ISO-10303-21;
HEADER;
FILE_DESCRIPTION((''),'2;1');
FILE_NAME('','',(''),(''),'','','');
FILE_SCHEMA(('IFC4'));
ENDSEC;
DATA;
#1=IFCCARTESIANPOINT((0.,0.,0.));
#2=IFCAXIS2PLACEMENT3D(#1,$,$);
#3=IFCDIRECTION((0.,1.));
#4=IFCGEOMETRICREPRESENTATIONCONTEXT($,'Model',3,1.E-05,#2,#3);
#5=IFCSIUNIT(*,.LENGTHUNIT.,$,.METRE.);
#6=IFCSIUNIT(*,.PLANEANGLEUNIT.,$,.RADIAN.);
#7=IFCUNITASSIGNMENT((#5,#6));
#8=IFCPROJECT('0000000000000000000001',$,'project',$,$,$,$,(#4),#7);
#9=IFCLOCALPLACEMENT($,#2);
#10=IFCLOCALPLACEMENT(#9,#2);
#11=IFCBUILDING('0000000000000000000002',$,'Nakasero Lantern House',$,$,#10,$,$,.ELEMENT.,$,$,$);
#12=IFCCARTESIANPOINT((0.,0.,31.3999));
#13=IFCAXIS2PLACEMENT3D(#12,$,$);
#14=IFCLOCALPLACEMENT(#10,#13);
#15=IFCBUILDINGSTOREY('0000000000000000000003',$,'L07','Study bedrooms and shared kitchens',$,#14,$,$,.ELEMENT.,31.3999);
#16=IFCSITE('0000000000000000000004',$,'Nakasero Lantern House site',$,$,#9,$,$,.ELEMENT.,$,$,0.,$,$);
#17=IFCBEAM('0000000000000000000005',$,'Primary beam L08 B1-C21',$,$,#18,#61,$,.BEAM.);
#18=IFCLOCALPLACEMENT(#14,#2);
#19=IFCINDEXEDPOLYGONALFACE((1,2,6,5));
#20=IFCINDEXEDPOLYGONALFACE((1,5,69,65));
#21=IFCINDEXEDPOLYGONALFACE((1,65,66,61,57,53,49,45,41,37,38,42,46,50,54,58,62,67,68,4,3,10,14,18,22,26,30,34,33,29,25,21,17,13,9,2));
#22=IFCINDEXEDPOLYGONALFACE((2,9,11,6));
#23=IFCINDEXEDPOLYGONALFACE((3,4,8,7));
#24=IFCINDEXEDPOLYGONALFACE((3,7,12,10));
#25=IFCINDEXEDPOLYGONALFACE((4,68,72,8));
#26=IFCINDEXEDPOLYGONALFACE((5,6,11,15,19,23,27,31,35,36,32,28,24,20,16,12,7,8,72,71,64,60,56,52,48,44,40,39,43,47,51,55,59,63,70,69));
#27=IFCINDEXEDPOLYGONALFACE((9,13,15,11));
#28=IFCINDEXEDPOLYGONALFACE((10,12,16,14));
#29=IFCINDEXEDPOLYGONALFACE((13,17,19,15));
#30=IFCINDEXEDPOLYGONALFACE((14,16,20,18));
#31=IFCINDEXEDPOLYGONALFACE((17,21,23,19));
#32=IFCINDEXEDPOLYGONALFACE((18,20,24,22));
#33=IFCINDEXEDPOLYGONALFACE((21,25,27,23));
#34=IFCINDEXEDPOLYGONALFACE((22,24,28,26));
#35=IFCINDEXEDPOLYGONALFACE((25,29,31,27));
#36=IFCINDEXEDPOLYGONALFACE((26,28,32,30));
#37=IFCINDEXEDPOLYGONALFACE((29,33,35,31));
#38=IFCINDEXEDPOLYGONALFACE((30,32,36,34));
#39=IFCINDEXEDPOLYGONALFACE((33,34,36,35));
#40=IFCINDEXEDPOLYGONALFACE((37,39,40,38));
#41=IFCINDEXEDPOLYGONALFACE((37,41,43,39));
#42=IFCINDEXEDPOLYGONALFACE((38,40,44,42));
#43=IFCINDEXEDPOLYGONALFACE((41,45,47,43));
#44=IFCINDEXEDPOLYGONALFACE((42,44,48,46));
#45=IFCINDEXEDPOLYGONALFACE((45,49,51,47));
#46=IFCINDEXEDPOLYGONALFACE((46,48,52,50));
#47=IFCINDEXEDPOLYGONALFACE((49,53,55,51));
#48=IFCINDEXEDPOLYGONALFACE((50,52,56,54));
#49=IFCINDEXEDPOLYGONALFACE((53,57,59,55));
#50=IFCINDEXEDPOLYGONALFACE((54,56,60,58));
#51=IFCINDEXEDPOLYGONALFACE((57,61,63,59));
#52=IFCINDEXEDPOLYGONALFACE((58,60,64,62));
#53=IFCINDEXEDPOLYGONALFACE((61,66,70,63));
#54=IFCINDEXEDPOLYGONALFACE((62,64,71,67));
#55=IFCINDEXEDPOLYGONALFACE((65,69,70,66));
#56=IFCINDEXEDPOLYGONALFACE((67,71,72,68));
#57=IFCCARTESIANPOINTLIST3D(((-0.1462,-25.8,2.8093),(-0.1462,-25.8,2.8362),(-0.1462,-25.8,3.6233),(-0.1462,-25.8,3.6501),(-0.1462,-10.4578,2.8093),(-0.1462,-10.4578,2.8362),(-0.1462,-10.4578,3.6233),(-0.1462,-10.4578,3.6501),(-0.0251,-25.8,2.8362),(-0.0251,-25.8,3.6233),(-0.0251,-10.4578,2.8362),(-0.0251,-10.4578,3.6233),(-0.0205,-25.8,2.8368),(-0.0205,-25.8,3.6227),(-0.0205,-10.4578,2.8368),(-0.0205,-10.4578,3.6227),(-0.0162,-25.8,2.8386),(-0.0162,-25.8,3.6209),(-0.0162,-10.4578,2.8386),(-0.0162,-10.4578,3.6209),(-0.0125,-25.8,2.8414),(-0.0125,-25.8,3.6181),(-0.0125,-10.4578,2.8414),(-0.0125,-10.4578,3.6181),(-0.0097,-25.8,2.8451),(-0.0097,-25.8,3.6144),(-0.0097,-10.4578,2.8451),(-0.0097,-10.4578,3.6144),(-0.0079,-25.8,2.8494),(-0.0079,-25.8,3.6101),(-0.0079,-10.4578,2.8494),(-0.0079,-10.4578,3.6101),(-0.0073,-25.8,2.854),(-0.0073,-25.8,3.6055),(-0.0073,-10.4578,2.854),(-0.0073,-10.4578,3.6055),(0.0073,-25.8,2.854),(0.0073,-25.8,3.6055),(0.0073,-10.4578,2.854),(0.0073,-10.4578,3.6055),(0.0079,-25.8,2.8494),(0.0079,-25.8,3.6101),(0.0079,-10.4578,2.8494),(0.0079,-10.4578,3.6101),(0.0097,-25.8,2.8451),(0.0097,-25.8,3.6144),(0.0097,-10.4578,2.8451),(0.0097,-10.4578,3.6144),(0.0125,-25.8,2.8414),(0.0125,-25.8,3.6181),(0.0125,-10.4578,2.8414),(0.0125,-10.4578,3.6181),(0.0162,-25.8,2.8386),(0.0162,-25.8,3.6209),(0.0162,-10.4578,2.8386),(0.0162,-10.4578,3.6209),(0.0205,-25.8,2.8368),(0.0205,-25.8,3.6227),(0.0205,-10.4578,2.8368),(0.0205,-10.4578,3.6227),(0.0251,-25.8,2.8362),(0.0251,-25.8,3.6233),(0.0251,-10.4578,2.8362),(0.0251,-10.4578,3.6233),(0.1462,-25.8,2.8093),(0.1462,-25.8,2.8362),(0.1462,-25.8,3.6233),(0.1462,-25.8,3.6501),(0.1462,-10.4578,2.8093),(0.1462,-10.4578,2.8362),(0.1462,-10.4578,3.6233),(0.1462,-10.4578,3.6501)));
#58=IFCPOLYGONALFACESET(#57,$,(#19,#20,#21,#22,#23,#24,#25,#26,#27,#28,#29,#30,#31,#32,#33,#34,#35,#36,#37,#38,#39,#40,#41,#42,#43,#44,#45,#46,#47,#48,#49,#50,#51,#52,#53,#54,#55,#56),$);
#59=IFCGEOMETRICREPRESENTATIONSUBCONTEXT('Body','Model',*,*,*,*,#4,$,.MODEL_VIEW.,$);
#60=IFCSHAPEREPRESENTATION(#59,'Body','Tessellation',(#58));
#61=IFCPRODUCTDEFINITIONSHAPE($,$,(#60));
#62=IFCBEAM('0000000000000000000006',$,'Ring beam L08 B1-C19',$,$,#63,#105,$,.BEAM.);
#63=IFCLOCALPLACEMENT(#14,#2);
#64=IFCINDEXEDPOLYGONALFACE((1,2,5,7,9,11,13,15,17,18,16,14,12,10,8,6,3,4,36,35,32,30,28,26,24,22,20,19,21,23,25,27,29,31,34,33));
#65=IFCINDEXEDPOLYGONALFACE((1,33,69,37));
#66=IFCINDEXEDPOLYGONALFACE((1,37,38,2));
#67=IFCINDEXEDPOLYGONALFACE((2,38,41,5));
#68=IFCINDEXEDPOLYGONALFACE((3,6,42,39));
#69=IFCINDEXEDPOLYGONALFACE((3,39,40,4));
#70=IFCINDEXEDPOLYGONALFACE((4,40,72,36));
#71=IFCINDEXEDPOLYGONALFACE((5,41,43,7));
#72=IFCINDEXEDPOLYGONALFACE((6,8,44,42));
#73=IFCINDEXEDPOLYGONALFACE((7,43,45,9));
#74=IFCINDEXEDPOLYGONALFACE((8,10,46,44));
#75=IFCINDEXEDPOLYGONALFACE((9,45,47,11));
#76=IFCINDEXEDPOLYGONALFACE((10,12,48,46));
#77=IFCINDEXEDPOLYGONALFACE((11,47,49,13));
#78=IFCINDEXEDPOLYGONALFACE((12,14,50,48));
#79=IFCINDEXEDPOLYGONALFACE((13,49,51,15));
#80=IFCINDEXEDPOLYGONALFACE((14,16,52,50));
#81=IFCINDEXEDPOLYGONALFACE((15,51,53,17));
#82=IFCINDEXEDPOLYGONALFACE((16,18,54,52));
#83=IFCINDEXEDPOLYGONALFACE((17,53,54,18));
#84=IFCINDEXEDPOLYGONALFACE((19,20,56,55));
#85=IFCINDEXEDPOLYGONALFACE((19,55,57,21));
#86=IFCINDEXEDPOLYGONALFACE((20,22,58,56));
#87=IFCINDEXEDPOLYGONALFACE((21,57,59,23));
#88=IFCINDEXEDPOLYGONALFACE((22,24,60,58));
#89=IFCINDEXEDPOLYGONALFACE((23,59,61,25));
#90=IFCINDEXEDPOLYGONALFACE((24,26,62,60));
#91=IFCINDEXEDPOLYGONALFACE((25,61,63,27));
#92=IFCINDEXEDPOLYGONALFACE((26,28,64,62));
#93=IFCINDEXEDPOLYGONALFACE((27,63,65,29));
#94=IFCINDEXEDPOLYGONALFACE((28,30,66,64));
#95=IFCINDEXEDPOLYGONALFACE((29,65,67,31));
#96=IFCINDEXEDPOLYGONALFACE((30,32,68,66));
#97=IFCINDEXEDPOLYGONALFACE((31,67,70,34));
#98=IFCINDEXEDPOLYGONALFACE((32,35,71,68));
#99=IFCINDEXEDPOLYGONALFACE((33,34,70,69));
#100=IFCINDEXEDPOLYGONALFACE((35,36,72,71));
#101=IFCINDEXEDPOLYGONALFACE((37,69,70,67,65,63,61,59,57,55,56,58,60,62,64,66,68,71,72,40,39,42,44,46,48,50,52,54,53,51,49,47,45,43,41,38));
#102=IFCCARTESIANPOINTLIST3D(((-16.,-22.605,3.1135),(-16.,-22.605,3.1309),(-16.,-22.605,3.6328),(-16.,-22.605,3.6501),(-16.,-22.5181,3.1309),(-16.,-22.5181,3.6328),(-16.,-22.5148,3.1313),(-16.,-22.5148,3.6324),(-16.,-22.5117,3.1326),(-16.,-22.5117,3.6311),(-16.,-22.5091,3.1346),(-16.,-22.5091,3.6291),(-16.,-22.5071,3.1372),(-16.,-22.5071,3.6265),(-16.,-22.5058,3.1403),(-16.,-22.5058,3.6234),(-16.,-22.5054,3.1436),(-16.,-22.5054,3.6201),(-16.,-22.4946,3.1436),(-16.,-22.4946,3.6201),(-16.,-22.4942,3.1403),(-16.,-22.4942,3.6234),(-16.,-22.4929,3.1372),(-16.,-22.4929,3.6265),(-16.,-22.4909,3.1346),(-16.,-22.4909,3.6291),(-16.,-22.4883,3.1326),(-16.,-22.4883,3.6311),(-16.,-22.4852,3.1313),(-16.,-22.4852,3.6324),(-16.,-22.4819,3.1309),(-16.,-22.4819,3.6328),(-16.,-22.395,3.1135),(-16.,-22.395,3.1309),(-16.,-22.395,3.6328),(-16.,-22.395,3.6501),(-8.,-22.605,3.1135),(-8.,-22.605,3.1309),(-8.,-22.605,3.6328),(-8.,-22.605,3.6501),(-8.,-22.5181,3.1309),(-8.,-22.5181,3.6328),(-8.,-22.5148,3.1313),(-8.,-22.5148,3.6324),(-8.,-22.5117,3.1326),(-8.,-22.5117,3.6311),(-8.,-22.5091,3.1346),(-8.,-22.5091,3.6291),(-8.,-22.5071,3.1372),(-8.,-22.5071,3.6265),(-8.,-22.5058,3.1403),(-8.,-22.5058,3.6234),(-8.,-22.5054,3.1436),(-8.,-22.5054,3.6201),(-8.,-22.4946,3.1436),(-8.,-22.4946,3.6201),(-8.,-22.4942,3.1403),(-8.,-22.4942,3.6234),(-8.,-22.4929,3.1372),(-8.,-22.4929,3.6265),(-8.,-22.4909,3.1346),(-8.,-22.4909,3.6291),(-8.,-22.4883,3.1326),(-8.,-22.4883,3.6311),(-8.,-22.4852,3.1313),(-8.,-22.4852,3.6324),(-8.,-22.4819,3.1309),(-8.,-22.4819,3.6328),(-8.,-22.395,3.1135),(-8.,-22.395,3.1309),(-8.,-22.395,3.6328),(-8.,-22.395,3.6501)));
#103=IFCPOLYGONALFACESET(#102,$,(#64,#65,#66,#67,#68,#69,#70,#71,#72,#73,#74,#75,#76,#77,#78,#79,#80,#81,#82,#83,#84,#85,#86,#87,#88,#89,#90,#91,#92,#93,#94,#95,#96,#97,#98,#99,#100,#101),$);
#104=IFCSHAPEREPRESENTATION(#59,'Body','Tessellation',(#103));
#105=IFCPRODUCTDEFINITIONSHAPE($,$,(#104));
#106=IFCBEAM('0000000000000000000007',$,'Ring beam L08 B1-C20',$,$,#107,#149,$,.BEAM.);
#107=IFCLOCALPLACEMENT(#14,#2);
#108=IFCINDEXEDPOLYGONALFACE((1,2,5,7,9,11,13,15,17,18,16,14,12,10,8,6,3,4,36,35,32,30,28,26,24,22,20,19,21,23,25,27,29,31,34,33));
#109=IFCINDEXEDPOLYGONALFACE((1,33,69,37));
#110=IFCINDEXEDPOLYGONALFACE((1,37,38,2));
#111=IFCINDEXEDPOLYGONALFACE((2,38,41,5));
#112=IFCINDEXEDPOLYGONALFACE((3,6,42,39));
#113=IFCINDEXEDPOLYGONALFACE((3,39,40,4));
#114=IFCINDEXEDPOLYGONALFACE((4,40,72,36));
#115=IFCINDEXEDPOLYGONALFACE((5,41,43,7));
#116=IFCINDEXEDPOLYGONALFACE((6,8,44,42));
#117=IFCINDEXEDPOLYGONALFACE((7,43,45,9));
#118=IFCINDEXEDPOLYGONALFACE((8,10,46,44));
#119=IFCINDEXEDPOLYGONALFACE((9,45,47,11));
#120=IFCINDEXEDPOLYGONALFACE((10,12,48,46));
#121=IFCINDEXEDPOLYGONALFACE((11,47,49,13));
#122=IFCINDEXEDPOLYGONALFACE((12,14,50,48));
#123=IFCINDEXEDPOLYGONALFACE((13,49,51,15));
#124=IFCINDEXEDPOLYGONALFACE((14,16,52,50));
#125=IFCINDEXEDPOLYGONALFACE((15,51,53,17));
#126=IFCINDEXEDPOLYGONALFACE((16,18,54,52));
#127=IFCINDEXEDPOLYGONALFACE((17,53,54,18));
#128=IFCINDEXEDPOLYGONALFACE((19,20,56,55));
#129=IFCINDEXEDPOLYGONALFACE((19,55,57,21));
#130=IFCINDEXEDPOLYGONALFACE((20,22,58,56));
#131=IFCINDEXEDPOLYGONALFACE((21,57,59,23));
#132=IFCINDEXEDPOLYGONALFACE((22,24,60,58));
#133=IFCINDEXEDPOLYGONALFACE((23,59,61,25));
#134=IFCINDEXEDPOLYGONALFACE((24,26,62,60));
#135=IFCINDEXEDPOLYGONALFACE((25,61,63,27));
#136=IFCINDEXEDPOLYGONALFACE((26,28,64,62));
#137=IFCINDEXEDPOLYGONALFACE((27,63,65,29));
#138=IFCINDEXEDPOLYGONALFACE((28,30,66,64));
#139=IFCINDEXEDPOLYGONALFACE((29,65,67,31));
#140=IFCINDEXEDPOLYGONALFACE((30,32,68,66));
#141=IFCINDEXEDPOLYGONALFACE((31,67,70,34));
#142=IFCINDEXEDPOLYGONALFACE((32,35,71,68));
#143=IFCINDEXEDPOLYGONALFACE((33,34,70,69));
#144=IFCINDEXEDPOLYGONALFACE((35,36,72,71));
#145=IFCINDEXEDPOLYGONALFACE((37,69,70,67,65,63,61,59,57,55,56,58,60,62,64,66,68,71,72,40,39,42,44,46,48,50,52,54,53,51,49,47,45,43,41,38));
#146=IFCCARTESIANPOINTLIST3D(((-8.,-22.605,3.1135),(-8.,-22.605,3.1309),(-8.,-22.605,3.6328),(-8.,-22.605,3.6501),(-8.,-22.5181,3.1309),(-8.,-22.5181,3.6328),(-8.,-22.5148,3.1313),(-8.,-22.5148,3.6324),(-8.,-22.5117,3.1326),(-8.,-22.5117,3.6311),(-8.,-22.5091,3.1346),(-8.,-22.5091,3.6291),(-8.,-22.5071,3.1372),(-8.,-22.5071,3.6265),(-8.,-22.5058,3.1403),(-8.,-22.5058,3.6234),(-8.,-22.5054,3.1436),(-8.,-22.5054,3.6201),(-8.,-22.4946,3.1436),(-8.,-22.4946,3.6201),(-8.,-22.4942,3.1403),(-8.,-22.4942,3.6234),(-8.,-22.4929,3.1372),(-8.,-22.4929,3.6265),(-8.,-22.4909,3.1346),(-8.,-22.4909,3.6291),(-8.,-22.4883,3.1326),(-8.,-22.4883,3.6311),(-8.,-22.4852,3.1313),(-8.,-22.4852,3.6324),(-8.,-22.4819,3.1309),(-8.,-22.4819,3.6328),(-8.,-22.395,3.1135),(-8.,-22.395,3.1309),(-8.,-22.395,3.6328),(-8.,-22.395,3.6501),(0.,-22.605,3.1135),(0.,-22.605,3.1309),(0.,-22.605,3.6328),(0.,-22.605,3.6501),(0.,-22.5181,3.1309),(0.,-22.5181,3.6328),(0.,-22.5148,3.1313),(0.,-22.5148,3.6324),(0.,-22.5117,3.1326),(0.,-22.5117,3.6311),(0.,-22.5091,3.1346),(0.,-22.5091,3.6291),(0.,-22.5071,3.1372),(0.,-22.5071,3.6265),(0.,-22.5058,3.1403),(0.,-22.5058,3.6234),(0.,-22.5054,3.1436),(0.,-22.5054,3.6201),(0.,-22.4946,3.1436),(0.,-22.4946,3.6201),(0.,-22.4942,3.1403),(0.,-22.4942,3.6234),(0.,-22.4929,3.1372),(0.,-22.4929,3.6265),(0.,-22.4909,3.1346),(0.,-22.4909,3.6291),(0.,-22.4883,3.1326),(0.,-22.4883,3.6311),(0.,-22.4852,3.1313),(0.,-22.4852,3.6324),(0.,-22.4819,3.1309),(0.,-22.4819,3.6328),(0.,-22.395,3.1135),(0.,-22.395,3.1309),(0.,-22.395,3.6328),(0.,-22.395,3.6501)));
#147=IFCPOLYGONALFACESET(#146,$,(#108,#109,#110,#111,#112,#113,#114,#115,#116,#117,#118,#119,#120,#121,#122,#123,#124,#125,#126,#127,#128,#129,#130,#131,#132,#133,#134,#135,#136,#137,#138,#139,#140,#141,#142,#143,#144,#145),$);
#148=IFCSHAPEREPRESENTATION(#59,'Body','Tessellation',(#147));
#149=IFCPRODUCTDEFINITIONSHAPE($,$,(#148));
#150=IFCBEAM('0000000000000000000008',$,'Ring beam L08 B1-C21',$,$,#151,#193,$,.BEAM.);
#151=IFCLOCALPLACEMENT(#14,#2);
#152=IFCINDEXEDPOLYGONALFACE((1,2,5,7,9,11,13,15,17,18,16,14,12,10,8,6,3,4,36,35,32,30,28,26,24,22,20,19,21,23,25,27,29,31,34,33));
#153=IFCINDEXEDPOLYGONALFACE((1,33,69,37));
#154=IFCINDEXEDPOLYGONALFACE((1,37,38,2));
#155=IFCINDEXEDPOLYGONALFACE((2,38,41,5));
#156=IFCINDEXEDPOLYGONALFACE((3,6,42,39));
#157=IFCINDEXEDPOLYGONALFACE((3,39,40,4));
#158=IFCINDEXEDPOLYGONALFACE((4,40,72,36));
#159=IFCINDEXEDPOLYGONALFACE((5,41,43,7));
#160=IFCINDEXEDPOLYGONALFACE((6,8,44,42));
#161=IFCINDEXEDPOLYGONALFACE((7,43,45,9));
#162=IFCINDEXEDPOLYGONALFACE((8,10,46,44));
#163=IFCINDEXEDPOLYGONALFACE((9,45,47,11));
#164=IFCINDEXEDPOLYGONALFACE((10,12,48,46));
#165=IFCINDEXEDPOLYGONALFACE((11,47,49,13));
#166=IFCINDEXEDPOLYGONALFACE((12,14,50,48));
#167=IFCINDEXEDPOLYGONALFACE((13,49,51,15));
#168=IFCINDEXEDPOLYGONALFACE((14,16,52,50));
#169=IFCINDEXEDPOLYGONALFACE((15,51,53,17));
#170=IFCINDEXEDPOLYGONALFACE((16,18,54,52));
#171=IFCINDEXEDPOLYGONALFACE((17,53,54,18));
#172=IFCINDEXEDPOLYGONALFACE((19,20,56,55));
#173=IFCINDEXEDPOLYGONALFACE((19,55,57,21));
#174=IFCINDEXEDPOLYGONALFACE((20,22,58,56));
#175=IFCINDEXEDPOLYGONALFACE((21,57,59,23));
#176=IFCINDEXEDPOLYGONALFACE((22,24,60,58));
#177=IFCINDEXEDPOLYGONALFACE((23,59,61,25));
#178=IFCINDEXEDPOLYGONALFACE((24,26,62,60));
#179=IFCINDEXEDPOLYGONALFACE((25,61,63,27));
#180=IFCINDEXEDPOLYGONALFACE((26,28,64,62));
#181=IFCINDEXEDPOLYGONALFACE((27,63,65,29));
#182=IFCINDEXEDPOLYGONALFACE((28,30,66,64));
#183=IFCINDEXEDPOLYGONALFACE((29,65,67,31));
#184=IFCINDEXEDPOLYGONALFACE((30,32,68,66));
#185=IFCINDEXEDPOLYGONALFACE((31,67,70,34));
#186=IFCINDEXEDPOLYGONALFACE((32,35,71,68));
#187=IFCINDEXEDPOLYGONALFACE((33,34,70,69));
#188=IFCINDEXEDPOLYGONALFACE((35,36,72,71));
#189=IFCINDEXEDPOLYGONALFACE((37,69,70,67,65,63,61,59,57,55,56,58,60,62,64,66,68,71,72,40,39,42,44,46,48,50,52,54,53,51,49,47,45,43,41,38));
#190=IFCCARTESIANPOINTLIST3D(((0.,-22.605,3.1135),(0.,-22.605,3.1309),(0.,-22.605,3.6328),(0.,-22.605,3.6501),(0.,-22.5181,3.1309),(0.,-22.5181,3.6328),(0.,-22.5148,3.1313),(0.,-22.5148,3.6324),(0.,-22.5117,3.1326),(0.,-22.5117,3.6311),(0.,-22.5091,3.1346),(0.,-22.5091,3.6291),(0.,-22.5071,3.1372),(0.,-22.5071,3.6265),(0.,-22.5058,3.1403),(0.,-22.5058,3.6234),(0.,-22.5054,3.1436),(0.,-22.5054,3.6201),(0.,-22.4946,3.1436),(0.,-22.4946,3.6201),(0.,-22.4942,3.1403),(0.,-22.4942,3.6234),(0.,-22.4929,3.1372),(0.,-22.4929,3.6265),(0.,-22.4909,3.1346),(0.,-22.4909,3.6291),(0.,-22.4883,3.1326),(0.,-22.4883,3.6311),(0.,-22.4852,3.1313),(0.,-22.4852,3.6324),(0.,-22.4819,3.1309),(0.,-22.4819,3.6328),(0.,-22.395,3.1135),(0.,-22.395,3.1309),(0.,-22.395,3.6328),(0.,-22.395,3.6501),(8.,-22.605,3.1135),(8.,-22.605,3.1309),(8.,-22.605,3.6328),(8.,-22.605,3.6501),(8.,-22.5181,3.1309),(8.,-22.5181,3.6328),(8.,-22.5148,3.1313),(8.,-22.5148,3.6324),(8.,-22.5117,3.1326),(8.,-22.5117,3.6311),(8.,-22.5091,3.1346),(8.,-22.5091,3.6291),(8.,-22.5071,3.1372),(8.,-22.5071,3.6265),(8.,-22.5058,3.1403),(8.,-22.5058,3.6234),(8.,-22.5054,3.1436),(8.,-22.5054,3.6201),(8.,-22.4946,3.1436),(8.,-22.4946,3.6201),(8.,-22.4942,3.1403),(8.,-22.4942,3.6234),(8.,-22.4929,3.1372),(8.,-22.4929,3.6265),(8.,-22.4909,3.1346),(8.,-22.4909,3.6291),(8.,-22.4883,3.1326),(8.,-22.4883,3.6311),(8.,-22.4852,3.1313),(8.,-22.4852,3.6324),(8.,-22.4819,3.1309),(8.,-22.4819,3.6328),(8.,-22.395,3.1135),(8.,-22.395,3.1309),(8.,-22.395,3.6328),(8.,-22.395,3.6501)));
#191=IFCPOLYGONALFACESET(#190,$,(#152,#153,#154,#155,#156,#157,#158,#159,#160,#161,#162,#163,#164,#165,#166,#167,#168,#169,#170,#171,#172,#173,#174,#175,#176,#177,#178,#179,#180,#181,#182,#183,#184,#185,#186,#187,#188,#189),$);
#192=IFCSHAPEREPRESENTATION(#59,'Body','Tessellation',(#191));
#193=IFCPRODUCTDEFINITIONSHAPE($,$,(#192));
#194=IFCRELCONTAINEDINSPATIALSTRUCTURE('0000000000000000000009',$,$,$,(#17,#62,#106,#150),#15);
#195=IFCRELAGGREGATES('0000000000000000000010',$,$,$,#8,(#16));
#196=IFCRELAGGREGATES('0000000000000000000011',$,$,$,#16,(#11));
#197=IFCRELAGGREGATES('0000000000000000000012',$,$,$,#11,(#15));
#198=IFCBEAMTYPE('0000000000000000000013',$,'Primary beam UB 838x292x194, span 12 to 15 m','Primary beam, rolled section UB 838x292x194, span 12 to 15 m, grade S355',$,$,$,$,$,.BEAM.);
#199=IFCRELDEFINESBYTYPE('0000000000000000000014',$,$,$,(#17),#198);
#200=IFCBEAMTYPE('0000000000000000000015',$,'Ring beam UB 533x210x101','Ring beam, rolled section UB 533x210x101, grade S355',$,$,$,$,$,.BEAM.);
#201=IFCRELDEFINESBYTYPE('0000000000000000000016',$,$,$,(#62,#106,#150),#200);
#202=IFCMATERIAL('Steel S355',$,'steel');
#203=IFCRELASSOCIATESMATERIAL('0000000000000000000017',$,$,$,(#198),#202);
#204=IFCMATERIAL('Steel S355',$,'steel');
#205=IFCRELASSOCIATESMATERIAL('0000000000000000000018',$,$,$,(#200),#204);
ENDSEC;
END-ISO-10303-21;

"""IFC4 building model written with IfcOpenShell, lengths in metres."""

from ifc_helpers import new_model, si_unit, direction, frame, origin, origin_2d, place, context, subcontext, project, spatial, i_section, extrude, material, material_profile, profile_set, type_object, element, save


model = new_model("IFC4")

# Units and contexts
model_context = context("Model", 3, precision=1e-05, world=origin(), true_north=direction((0.0, 1.0)))
body_context = subcontext(model_context, "Body", "Model", "MODEL_VIEW")
ifc_project = project(units=[si_unit("LENGTHUNIT", "METRE"), si_unit("PLANEANGLEUNIT", "RADIAN")], contexts=[model_context])

# Site, building, storey
site_placement = place(None, origin())
site = spatial("IfcSite", under=ifc_project, at=site_placement, Name="Nakasero Lantern House site", CompositionType="ELEMENT", RefElevation=0.0)
building_placement = place(site_placement, origin())
building = spatial("IfcBuilding", under=site, at=building_placement, Name="Nakasero Lantern House", CompositionType="ELEMENT")
storey_placement = place(building_placement, frame((0.0, 0.0, 31.3999)))
storey = spatial("IfcBuildingStorey", under=building, at=storey_placement, Name="L07", Description="Study bedrooms and shared kitchens", CompositionType="ELEMENT", Elevation=31.3999)

# Beams
ifc_material_1 = material(Name="Steel S355", Category="steel")
ifc_material_profile_1 = material_profile(ifc_material_1, i_section(OverallWidth=0.2925, OverallDepth=0.8408, WebThickness=0.0146, FlangeThickness=0.0269, FilletRadius=0.0178, at=origin_2d()), Name="UB 838x292x194")
ifc_profile_set_1 = profile_set([ifc_material_profile_1], Name="Steel S355")
beam_type_1 = type_object("IfcBeamType", Name="Primary beam UB 838x292x194, span 12 to 15 m", Description="Primary beam, rolled section UB 838x292x194, span 12 to 15 m, grade S355", PredefinedType="BEAM", material=ifc_profile_set_1)
beam_1_placement = place(storey_placement, frame((0.0, -25.8, 3.2297), z_axis=(0.0, 1.0, 0.0), x_axis=(-1.0, 0.0, 0.0)))
element("IfcBeam", 1, at=beam_1_placement, inside=storey, type_object=beam_type_1, Name="Primary beam L08 B1-C21", PredefinedType="BEAM", context=body_context, shape_type="SweptSolid", body=[
    extrude(i_section(OverallWidth=0.2925, OverallDepth=0.8408, WebThickness=0.0146, FlangeThickness=0.0269, FilletRadius=0.0178, at=origin_2d()), origin(), (0.0, 0.0, 1.0), 15.3423),
])
ifc_material_2 = material(Name="Steel S355", Category="steel")
ifc_material_profile_2 = material_profile(ifc_material_2, i_section(OverallWidth=0.21, OverallDepth=0.5366, WebThickness=0.0107, FlangeThickness=0.0173, FilletRadius=0.0127, at=origin_2d()), Name="UB 533x210x101")
ifc_profile_set_2 = profile_set([ifc_material_profile_2], Name="Steel S355")
beam_type_2 = type_object("IfcBeamType", Name="Ring beam UB 533x210x101", Description="Ring beam, rolled section UB 533x210x101, grade S355", PredefinedType="BEAM", material=ifc_profile_set_2)
for number, where, z_axis, x_axis, name in (
    (2, (-16.0, -22.5, 3.3818), (1.0, 0.0, 0.0), (0.0, 1.0, 0.0), "Ring beam L08 B1-C19"),
    (3, (-8.0, -22.5, 3.3818), (1.0, 0.0, 0.0), (0.0, 1.0, 0.0), "Ring beam L08 B1-C20"),
    (4, (0.0, -22.5, 3.3818), (1.0, 0.0, 0.0), (0.0, 1.0, 0.0), "Ring beam L08 B1-C21"),
):
    element("IfcBeam", number, at=place(storey_placement, frame(where, z_axis=z_axis, x_axis=x_axis)), inside=storey, type_object=beam_type_2, Name=name, PredefinedType="BEAM", context=body_context, shape_type="SweptSolid", body=[
        extrude(i_section(OverallWidth=0.21, OverallDepth=0.5366, WebThickness=0.0107, FlangeThickness=0.0173, FilletRadius=0.0127, at=origin_2d()), origin(), (0.0, 0.0, 1.0), 8.0),
    ])

save(model, "model.ifc")
